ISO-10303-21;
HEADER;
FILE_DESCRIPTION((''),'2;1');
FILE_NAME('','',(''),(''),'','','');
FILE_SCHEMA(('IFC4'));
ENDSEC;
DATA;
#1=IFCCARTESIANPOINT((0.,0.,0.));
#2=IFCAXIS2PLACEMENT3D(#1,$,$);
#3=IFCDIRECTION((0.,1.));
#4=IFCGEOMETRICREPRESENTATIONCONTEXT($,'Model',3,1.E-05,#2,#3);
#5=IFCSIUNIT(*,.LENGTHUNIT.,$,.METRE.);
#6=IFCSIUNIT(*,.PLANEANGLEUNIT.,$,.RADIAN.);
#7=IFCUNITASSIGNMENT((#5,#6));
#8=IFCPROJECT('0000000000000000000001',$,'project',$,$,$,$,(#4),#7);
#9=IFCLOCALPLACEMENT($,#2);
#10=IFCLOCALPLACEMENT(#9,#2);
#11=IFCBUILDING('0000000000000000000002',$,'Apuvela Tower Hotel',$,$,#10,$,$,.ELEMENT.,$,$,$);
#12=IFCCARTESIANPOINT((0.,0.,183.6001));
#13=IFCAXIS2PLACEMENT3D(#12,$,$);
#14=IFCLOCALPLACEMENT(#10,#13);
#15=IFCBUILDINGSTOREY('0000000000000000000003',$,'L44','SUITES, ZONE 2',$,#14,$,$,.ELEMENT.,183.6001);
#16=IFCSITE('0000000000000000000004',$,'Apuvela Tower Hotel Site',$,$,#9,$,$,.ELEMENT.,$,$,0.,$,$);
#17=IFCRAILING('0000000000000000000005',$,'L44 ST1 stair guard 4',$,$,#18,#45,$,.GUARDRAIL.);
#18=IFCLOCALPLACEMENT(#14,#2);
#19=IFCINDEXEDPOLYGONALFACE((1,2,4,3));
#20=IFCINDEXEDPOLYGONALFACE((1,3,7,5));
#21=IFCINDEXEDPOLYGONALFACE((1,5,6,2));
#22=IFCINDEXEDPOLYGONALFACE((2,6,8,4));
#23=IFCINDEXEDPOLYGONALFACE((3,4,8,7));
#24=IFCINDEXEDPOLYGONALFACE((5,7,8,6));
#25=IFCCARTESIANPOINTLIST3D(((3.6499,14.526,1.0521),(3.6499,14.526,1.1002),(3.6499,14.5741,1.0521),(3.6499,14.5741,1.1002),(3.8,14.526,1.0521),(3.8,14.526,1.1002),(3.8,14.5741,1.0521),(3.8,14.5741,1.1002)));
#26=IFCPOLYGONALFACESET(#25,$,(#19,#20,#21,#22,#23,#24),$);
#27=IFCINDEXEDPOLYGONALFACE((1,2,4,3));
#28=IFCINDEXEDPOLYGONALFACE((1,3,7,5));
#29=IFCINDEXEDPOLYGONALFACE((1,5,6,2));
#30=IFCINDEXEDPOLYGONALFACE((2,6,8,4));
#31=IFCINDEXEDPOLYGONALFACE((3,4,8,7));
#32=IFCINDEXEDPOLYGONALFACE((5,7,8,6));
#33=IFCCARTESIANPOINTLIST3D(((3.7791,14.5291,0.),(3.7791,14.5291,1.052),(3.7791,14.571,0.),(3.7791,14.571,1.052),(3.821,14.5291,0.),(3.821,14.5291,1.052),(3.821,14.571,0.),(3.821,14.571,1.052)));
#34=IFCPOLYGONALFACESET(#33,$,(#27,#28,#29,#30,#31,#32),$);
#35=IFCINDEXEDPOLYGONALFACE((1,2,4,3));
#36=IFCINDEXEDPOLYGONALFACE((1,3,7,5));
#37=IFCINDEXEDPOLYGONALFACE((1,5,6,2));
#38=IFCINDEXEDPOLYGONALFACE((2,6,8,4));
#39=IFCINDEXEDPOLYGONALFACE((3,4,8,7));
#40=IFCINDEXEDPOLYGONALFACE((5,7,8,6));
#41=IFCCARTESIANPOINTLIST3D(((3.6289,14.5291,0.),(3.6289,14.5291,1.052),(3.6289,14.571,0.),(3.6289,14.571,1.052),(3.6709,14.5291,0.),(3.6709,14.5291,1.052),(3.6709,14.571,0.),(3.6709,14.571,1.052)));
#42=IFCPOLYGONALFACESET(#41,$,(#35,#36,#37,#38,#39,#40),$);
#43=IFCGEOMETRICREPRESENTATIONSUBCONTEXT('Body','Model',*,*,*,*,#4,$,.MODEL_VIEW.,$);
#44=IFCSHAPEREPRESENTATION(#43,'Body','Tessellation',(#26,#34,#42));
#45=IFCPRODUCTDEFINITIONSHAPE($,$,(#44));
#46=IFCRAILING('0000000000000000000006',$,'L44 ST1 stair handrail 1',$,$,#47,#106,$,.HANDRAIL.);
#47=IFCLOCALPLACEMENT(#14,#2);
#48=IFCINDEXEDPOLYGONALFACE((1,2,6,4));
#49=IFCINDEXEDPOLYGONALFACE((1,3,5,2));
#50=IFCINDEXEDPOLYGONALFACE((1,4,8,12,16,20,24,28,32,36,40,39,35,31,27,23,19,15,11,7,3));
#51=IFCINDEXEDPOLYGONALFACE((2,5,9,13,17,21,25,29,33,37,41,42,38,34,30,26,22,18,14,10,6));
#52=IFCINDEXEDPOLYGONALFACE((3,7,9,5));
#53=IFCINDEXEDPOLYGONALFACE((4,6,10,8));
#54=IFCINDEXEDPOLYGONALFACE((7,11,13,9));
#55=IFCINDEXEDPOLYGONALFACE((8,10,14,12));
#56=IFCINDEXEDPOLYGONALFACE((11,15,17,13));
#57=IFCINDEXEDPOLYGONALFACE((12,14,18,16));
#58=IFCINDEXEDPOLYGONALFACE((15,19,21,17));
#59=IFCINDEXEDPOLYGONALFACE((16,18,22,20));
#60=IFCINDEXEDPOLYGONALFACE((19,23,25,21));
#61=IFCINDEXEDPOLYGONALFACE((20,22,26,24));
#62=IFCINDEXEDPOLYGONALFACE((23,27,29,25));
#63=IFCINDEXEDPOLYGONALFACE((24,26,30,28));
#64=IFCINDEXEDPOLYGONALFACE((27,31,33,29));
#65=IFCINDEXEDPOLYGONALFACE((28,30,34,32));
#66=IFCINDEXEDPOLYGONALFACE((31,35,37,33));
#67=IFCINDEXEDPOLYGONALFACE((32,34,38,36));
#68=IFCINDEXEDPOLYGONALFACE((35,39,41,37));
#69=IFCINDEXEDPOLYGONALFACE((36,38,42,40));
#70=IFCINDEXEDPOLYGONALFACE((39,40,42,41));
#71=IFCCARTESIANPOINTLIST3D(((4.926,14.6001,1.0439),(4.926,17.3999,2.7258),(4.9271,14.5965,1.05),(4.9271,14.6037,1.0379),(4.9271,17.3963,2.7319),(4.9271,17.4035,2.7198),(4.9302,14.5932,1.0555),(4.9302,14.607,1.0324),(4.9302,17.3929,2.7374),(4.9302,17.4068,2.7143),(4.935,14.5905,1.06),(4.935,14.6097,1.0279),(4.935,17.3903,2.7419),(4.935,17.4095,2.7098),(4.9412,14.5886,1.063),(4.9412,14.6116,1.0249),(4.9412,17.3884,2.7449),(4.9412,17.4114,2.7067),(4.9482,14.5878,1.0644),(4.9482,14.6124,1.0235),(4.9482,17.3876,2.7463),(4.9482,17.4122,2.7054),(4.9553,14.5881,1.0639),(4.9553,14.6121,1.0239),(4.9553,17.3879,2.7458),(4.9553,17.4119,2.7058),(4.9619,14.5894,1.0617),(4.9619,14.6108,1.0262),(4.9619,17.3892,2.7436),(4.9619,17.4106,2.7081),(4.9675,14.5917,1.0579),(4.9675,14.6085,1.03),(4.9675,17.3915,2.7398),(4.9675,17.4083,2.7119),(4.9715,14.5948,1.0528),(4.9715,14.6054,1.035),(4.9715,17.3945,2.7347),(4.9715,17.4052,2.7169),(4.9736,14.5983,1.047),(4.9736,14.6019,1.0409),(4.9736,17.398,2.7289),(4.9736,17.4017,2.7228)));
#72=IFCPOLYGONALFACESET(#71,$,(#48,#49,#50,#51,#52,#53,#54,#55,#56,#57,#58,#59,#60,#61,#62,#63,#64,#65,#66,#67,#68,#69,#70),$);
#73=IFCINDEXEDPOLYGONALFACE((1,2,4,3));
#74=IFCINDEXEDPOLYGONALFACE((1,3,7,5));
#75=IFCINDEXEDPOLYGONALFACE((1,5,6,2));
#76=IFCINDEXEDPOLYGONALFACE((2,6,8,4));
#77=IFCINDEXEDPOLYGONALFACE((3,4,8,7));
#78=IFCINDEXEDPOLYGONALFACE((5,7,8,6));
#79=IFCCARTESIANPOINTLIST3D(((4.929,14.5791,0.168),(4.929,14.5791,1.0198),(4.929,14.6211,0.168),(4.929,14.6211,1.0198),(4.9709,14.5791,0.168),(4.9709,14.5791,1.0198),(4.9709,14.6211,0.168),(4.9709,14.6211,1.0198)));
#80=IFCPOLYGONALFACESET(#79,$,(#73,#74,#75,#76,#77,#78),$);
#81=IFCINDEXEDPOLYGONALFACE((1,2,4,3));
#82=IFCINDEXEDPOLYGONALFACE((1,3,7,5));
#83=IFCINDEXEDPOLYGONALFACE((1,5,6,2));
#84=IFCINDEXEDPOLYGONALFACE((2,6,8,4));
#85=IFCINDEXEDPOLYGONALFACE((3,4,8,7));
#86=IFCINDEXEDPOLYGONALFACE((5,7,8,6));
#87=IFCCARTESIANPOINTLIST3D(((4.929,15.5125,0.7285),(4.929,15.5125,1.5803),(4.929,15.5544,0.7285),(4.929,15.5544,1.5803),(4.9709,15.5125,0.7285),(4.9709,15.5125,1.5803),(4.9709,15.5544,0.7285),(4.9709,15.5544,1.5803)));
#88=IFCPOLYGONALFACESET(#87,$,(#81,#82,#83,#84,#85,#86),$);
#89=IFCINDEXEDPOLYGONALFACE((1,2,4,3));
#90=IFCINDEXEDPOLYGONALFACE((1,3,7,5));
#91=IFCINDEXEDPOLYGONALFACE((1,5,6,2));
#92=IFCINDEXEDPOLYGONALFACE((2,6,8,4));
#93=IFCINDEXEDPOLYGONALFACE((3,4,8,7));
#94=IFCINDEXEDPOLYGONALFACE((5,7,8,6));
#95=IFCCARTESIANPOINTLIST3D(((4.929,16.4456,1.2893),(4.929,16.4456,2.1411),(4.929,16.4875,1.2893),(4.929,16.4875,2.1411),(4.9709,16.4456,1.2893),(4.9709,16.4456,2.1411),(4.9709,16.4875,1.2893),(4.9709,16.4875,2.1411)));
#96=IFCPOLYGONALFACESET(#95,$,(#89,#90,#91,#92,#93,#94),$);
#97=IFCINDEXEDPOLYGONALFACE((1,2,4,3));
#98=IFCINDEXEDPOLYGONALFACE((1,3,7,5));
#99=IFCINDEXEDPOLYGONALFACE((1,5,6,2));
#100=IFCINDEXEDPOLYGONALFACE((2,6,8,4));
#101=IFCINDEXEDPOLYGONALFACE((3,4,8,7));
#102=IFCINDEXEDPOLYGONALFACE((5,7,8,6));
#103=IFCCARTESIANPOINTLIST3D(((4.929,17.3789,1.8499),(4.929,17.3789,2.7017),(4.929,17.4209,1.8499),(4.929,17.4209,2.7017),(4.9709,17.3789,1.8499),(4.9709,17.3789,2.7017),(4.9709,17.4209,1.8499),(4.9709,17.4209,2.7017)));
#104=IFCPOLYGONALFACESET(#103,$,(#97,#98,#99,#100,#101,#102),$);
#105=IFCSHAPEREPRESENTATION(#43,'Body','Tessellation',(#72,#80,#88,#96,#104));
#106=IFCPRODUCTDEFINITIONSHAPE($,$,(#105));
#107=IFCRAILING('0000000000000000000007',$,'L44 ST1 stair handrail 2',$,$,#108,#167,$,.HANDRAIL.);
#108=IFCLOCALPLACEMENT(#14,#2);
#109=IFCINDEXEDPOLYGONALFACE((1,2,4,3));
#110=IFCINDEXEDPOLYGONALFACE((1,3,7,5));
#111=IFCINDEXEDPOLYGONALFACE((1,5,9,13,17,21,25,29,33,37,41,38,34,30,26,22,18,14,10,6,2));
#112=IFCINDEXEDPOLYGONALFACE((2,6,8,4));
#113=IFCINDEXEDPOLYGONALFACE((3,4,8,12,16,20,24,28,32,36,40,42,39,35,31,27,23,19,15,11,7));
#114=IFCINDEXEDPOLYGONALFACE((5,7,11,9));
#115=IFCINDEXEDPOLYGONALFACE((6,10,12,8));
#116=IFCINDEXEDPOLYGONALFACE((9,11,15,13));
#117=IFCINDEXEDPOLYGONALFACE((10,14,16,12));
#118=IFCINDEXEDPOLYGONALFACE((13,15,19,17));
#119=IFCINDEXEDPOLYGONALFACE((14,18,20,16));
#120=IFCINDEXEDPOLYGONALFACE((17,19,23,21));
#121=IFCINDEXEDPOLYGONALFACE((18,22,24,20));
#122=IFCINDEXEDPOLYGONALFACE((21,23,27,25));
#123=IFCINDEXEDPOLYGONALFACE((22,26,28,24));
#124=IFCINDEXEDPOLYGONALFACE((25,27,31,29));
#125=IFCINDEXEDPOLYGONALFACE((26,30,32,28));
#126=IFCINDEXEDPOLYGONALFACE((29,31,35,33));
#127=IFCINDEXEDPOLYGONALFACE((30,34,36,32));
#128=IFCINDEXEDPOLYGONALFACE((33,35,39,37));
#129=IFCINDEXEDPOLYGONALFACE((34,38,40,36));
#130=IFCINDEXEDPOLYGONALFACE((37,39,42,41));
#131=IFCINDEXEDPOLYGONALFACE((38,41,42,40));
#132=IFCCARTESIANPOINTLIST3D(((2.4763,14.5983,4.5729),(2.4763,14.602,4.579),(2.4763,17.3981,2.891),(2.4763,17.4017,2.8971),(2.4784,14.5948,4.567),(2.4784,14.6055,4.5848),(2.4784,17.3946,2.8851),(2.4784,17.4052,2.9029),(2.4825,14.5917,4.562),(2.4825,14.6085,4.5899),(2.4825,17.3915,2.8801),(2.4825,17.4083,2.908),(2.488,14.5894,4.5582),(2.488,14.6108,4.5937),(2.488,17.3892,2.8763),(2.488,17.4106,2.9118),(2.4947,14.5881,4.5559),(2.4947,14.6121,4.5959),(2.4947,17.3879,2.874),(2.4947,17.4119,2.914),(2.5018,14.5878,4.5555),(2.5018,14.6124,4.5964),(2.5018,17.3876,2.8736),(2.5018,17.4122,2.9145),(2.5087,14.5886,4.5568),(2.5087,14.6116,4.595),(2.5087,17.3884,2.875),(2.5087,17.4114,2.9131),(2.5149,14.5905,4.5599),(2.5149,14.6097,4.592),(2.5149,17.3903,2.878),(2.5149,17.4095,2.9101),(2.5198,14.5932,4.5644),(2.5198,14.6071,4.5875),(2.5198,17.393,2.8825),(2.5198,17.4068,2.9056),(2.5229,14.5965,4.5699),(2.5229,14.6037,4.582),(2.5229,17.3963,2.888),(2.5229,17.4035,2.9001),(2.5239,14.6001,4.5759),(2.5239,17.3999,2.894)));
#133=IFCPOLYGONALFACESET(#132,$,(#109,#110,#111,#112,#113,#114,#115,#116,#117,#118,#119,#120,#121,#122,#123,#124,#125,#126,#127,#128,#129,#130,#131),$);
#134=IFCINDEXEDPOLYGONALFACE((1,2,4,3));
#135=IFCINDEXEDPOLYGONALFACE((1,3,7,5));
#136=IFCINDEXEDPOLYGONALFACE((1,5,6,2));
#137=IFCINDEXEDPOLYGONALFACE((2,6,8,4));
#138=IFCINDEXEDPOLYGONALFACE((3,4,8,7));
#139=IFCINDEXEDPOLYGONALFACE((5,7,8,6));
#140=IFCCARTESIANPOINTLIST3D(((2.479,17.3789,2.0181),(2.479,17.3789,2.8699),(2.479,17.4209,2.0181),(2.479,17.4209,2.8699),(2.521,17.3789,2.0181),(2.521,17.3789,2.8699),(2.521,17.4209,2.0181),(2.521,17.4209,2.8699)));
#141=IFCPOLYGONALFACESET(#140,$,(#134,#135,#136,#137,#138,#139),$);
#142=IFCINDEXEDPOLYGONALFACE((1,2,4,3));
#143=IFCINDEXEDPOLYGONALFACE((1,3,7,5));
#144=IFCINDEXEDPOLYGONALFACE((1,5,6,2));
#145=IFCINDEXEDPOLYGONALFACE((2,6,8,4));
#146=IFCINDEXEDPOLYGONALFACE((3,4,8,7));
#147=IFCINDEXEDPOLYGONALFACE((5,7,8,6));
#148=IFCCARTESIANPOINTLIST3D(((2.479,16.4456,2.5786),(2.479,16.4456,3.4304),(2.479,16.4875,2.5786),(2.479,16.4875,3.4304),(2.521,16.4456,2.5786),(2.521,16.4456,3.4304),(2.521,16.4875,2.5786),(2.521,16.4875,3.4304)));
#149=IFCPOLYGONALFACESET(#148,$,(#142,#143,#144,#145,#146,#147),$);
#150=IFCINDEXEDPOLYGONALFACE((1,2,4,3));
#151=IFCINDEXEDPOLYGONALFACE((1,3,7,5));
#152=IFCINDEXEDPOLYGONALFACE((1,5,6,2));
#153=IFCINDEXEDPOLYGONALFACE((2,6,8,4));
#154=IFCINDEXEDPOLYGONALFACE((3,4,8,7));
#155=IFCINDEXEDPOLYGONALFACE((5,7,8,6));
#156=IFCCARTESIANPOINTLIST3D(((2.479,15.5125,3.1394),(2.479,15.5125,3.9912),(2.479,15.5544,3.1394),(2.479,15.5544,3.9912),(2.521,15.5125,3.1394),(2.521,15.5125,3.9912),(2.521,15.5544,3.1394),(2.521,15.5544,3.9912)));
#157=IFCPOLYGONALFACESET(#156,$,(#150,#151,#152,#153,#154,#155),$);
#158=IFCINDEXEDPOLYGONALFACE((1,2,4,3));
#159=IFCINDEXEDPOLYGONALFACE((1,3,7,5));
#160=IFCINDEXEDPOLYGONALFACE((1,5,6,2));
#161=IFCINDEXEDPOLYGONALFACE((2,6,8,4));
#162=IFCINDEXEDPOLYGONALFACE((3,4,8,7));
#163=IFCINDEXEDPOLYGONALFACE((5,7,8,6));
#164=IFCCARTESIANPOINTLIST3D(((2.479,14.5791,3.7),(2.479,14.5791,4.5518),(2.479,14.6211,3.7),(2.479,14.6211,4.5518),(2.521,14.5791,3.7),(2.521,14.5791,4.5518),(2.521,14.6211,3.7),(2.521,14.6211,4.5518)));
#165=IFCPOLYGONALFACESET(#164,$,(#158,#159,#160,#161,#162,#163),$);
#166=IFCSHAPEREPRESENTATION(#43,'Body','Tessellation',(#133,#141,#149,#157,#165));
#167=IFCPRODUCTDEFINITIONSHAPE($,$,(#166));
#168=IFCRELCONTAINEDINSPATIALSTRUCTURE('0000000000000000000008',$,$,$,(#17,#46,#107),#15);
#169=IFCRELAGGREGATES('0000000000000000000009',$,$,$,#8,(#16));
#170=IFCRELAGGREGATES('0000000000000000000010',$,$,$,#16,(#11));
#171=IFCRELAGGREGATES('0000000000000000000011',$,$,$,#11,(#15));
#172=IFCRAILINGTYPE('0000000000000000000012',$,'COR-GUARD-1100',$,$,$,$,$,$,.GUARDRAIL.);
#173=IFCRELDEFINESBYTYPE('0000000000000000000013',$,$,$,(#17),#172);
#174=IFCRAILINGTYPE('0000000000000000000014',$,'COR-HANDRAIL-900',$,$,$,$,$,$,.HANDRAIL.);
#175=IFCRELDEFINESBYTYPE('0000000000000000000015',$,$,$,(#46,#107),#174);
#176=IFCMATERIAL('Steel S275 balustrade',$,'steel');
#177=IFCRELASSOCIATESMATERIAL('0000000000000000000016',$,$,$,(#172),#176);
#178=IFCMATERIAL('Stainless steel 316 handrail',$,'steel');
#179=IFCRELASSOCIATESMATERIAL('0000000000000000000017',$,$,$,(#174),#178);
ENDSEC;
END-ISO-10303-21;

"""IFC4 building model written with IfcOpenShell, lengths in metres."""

from ifc_helpers import new_model, si_unit, direction, frame, origin, origin_2d, place, context, subcontext, project, spatial, rectangle, circle, extrude, material, type_object, element, save


model = new_model("IFC4")

# Units and contexts
model_context = context("Model", 3, precision=1e-05, world=origin(), true_north=direction((0.0, 1.0)))
body_context = subcontext(model_context, "Body", "Model", "MODEL_VIEW")
ifc_project = project(units=[si_unit("LENGTHUNIT", "METRE"), si_unit("PLANEANGLEUNIT", "RADIAN")], contexts=[model_context])

# Site, building, storey
site_placement = place(None, origin())
site = spatial("IfcSite", under=ifc_project, at=site_placement, Name="Apuvela Tower Hotel Site", CompositionType="ELEMENT", RefElevation=0.0)
building_placement = place(site_placement, origin())
building = spatial("IfcBuilding", under=site, at=building_placement, Name="Apuvela Tower Hotel", CompositionType="ELEMENT")
storey_placement = place(building_placement, frame((0.0, 0.0, 183.6001)))
storey = spatial("IfcBuildingStorey", under=building, at=storey_placement, Name="L44", Description="SUITES, ZONE 2", CompositionType="ELEMENT", Elevation=183.6001)

# Railings
ifc_material_1 = material(Name="Steel S275 balustrade", Category="steel")
railing_type_1 = type_object("IfcRailingType", Name="COR-GUARD-1100", PredefinedType="GUARDRAIL", material=ifc_material_1)
railing_1_placement = place(storey_placement, frame((3.8, 14.55, 0.0)))
element("IfcRailing", 1, at=railing_1_placement, inside=storey, type_object=railing_type_1, Name="L44 ST1 stair guard 4", PredefinedType="GUARDRAIL", context=body_context, shape_type="SweptSolid", body=[
    extrude(rectangle(XDim=0.0481, YDim=0.0481, at=origin_2d()), frame((0.0, 0.0, 1.0762), z_axis=(-1.0, 0.0, 0.0), x_axis=(0.0, -1.0, 0.0)), (0.0, 0.0, 1.0), 0.1501),
    extrude(rectangle(XDim=0.042, YDim=0.042, at=origin_2d()), origin(), (0.0, 0.0, 1.0), 1.052),
    extrude(rectangle(XDim=0.042, YDim=0.042, at=origin_2d()), frame((-0.1501, 0.0, 0.0)), (0.0, 0.0, 1.0), 1.052),
])
ifc_material_2 = material(Name="Stainless steel 316 handrail", Category="steel")
railing_type_2 = type_object("IfcRailingType", Name="COR-HANDRAIL-900", PredefinedType="HANDRAIL", material=ifc_material_2)
railing_2_placement = place(storey_placement, frame((4.95, 14.6001, 0.168)))
element("IfcRailing", 2, at=railing_2_placement, inside=storey, type_object=railing_type_2, Name="L44 ST1 stair handrail 1", PredefinedType="HANDRAIL", context=body_context, shape_type="SweptSolid", body=[
    extrude(circle(Radius=0.0239, at=origin_2d()), frame((0.0, 0.0, 0.876), z_axis=(0.0, 0.857222, 0.514946), x_axis=(-1.0, 0.0, 0.0)), (0.0, 0.0, 1.0), 3.2661),
    extrude(rectangle(XDim=0.042, YDim=0.042, at=origin_2d()), origin(), (0.0, 0.0, 1.0), 0.8518),
    extrude(rectangle(XDim=0.042, YDim=0.042, at=origin_2d()), frame((0.0, 0.9333, 0.5605)), (0.0, 0.0, 1.0), 0.8518),
    extrude(rectangle(XDim=0.042, YDim=0.042, at=origin_2d()), frame((0.0, 1.8665, 1.1213)), (0.0, 0.0, 1.0), 0.8518),
    extrude(rectangle(XDim=0.042, YDim=0.042, at=origin_2d()), frame((0.0, 2.7998, 1.6819)), (0.0, 0.0, 1.0), 0.8518),
])
railing_3_placement = place(storey_placement, frame((2.5, 17.3999, 2.0181)))
element("IfcRailing", 3, at=railing_3_placement, inside=storey, type_object=railing_type_2, Name="L44 ST1 stair handrail 2", PredefinedType="HANDRAIL", context=body_context, shape_type="SweptSolid", body=[
    extrude(circle(Radius=0.0239, at=origin_2d()), frame((0.0, 0.0, 0.876), z_axis=(0.0, -0.857222, 0.514946), x_axis=(1.0, 0.0, 0.0)), (0.0, 0.0, 1.0), 3.2661),
    extrude(rectangle(XDim=0.042, YDim=0.042, at=origin_2d()), origin(), (0.0, 0.0, 1.0), 0.8518),
    extrude(rectangle(XDim=0.042, YDim=0.042, at=origin_2d()), frame((0.0, -0.9333, 0.5605)), (0.0, 0.0, 1.0), 0.8518),
    extrude(rectangle(XDim=0.042, YDim=0.042, at=origin_2d()), frame((0.0, -1.8665, 1.1213)), (0.0, 0.0, 1.0), 0.8518),
    extrude(rectangle(XDim=0.042, YDim=0.042, at=origin_2d()), frame((0.0, -2.7998, 1.6819)), (0.0, 0.0, 1.0), 0.8518),
])

save(model, "model.ifc")
